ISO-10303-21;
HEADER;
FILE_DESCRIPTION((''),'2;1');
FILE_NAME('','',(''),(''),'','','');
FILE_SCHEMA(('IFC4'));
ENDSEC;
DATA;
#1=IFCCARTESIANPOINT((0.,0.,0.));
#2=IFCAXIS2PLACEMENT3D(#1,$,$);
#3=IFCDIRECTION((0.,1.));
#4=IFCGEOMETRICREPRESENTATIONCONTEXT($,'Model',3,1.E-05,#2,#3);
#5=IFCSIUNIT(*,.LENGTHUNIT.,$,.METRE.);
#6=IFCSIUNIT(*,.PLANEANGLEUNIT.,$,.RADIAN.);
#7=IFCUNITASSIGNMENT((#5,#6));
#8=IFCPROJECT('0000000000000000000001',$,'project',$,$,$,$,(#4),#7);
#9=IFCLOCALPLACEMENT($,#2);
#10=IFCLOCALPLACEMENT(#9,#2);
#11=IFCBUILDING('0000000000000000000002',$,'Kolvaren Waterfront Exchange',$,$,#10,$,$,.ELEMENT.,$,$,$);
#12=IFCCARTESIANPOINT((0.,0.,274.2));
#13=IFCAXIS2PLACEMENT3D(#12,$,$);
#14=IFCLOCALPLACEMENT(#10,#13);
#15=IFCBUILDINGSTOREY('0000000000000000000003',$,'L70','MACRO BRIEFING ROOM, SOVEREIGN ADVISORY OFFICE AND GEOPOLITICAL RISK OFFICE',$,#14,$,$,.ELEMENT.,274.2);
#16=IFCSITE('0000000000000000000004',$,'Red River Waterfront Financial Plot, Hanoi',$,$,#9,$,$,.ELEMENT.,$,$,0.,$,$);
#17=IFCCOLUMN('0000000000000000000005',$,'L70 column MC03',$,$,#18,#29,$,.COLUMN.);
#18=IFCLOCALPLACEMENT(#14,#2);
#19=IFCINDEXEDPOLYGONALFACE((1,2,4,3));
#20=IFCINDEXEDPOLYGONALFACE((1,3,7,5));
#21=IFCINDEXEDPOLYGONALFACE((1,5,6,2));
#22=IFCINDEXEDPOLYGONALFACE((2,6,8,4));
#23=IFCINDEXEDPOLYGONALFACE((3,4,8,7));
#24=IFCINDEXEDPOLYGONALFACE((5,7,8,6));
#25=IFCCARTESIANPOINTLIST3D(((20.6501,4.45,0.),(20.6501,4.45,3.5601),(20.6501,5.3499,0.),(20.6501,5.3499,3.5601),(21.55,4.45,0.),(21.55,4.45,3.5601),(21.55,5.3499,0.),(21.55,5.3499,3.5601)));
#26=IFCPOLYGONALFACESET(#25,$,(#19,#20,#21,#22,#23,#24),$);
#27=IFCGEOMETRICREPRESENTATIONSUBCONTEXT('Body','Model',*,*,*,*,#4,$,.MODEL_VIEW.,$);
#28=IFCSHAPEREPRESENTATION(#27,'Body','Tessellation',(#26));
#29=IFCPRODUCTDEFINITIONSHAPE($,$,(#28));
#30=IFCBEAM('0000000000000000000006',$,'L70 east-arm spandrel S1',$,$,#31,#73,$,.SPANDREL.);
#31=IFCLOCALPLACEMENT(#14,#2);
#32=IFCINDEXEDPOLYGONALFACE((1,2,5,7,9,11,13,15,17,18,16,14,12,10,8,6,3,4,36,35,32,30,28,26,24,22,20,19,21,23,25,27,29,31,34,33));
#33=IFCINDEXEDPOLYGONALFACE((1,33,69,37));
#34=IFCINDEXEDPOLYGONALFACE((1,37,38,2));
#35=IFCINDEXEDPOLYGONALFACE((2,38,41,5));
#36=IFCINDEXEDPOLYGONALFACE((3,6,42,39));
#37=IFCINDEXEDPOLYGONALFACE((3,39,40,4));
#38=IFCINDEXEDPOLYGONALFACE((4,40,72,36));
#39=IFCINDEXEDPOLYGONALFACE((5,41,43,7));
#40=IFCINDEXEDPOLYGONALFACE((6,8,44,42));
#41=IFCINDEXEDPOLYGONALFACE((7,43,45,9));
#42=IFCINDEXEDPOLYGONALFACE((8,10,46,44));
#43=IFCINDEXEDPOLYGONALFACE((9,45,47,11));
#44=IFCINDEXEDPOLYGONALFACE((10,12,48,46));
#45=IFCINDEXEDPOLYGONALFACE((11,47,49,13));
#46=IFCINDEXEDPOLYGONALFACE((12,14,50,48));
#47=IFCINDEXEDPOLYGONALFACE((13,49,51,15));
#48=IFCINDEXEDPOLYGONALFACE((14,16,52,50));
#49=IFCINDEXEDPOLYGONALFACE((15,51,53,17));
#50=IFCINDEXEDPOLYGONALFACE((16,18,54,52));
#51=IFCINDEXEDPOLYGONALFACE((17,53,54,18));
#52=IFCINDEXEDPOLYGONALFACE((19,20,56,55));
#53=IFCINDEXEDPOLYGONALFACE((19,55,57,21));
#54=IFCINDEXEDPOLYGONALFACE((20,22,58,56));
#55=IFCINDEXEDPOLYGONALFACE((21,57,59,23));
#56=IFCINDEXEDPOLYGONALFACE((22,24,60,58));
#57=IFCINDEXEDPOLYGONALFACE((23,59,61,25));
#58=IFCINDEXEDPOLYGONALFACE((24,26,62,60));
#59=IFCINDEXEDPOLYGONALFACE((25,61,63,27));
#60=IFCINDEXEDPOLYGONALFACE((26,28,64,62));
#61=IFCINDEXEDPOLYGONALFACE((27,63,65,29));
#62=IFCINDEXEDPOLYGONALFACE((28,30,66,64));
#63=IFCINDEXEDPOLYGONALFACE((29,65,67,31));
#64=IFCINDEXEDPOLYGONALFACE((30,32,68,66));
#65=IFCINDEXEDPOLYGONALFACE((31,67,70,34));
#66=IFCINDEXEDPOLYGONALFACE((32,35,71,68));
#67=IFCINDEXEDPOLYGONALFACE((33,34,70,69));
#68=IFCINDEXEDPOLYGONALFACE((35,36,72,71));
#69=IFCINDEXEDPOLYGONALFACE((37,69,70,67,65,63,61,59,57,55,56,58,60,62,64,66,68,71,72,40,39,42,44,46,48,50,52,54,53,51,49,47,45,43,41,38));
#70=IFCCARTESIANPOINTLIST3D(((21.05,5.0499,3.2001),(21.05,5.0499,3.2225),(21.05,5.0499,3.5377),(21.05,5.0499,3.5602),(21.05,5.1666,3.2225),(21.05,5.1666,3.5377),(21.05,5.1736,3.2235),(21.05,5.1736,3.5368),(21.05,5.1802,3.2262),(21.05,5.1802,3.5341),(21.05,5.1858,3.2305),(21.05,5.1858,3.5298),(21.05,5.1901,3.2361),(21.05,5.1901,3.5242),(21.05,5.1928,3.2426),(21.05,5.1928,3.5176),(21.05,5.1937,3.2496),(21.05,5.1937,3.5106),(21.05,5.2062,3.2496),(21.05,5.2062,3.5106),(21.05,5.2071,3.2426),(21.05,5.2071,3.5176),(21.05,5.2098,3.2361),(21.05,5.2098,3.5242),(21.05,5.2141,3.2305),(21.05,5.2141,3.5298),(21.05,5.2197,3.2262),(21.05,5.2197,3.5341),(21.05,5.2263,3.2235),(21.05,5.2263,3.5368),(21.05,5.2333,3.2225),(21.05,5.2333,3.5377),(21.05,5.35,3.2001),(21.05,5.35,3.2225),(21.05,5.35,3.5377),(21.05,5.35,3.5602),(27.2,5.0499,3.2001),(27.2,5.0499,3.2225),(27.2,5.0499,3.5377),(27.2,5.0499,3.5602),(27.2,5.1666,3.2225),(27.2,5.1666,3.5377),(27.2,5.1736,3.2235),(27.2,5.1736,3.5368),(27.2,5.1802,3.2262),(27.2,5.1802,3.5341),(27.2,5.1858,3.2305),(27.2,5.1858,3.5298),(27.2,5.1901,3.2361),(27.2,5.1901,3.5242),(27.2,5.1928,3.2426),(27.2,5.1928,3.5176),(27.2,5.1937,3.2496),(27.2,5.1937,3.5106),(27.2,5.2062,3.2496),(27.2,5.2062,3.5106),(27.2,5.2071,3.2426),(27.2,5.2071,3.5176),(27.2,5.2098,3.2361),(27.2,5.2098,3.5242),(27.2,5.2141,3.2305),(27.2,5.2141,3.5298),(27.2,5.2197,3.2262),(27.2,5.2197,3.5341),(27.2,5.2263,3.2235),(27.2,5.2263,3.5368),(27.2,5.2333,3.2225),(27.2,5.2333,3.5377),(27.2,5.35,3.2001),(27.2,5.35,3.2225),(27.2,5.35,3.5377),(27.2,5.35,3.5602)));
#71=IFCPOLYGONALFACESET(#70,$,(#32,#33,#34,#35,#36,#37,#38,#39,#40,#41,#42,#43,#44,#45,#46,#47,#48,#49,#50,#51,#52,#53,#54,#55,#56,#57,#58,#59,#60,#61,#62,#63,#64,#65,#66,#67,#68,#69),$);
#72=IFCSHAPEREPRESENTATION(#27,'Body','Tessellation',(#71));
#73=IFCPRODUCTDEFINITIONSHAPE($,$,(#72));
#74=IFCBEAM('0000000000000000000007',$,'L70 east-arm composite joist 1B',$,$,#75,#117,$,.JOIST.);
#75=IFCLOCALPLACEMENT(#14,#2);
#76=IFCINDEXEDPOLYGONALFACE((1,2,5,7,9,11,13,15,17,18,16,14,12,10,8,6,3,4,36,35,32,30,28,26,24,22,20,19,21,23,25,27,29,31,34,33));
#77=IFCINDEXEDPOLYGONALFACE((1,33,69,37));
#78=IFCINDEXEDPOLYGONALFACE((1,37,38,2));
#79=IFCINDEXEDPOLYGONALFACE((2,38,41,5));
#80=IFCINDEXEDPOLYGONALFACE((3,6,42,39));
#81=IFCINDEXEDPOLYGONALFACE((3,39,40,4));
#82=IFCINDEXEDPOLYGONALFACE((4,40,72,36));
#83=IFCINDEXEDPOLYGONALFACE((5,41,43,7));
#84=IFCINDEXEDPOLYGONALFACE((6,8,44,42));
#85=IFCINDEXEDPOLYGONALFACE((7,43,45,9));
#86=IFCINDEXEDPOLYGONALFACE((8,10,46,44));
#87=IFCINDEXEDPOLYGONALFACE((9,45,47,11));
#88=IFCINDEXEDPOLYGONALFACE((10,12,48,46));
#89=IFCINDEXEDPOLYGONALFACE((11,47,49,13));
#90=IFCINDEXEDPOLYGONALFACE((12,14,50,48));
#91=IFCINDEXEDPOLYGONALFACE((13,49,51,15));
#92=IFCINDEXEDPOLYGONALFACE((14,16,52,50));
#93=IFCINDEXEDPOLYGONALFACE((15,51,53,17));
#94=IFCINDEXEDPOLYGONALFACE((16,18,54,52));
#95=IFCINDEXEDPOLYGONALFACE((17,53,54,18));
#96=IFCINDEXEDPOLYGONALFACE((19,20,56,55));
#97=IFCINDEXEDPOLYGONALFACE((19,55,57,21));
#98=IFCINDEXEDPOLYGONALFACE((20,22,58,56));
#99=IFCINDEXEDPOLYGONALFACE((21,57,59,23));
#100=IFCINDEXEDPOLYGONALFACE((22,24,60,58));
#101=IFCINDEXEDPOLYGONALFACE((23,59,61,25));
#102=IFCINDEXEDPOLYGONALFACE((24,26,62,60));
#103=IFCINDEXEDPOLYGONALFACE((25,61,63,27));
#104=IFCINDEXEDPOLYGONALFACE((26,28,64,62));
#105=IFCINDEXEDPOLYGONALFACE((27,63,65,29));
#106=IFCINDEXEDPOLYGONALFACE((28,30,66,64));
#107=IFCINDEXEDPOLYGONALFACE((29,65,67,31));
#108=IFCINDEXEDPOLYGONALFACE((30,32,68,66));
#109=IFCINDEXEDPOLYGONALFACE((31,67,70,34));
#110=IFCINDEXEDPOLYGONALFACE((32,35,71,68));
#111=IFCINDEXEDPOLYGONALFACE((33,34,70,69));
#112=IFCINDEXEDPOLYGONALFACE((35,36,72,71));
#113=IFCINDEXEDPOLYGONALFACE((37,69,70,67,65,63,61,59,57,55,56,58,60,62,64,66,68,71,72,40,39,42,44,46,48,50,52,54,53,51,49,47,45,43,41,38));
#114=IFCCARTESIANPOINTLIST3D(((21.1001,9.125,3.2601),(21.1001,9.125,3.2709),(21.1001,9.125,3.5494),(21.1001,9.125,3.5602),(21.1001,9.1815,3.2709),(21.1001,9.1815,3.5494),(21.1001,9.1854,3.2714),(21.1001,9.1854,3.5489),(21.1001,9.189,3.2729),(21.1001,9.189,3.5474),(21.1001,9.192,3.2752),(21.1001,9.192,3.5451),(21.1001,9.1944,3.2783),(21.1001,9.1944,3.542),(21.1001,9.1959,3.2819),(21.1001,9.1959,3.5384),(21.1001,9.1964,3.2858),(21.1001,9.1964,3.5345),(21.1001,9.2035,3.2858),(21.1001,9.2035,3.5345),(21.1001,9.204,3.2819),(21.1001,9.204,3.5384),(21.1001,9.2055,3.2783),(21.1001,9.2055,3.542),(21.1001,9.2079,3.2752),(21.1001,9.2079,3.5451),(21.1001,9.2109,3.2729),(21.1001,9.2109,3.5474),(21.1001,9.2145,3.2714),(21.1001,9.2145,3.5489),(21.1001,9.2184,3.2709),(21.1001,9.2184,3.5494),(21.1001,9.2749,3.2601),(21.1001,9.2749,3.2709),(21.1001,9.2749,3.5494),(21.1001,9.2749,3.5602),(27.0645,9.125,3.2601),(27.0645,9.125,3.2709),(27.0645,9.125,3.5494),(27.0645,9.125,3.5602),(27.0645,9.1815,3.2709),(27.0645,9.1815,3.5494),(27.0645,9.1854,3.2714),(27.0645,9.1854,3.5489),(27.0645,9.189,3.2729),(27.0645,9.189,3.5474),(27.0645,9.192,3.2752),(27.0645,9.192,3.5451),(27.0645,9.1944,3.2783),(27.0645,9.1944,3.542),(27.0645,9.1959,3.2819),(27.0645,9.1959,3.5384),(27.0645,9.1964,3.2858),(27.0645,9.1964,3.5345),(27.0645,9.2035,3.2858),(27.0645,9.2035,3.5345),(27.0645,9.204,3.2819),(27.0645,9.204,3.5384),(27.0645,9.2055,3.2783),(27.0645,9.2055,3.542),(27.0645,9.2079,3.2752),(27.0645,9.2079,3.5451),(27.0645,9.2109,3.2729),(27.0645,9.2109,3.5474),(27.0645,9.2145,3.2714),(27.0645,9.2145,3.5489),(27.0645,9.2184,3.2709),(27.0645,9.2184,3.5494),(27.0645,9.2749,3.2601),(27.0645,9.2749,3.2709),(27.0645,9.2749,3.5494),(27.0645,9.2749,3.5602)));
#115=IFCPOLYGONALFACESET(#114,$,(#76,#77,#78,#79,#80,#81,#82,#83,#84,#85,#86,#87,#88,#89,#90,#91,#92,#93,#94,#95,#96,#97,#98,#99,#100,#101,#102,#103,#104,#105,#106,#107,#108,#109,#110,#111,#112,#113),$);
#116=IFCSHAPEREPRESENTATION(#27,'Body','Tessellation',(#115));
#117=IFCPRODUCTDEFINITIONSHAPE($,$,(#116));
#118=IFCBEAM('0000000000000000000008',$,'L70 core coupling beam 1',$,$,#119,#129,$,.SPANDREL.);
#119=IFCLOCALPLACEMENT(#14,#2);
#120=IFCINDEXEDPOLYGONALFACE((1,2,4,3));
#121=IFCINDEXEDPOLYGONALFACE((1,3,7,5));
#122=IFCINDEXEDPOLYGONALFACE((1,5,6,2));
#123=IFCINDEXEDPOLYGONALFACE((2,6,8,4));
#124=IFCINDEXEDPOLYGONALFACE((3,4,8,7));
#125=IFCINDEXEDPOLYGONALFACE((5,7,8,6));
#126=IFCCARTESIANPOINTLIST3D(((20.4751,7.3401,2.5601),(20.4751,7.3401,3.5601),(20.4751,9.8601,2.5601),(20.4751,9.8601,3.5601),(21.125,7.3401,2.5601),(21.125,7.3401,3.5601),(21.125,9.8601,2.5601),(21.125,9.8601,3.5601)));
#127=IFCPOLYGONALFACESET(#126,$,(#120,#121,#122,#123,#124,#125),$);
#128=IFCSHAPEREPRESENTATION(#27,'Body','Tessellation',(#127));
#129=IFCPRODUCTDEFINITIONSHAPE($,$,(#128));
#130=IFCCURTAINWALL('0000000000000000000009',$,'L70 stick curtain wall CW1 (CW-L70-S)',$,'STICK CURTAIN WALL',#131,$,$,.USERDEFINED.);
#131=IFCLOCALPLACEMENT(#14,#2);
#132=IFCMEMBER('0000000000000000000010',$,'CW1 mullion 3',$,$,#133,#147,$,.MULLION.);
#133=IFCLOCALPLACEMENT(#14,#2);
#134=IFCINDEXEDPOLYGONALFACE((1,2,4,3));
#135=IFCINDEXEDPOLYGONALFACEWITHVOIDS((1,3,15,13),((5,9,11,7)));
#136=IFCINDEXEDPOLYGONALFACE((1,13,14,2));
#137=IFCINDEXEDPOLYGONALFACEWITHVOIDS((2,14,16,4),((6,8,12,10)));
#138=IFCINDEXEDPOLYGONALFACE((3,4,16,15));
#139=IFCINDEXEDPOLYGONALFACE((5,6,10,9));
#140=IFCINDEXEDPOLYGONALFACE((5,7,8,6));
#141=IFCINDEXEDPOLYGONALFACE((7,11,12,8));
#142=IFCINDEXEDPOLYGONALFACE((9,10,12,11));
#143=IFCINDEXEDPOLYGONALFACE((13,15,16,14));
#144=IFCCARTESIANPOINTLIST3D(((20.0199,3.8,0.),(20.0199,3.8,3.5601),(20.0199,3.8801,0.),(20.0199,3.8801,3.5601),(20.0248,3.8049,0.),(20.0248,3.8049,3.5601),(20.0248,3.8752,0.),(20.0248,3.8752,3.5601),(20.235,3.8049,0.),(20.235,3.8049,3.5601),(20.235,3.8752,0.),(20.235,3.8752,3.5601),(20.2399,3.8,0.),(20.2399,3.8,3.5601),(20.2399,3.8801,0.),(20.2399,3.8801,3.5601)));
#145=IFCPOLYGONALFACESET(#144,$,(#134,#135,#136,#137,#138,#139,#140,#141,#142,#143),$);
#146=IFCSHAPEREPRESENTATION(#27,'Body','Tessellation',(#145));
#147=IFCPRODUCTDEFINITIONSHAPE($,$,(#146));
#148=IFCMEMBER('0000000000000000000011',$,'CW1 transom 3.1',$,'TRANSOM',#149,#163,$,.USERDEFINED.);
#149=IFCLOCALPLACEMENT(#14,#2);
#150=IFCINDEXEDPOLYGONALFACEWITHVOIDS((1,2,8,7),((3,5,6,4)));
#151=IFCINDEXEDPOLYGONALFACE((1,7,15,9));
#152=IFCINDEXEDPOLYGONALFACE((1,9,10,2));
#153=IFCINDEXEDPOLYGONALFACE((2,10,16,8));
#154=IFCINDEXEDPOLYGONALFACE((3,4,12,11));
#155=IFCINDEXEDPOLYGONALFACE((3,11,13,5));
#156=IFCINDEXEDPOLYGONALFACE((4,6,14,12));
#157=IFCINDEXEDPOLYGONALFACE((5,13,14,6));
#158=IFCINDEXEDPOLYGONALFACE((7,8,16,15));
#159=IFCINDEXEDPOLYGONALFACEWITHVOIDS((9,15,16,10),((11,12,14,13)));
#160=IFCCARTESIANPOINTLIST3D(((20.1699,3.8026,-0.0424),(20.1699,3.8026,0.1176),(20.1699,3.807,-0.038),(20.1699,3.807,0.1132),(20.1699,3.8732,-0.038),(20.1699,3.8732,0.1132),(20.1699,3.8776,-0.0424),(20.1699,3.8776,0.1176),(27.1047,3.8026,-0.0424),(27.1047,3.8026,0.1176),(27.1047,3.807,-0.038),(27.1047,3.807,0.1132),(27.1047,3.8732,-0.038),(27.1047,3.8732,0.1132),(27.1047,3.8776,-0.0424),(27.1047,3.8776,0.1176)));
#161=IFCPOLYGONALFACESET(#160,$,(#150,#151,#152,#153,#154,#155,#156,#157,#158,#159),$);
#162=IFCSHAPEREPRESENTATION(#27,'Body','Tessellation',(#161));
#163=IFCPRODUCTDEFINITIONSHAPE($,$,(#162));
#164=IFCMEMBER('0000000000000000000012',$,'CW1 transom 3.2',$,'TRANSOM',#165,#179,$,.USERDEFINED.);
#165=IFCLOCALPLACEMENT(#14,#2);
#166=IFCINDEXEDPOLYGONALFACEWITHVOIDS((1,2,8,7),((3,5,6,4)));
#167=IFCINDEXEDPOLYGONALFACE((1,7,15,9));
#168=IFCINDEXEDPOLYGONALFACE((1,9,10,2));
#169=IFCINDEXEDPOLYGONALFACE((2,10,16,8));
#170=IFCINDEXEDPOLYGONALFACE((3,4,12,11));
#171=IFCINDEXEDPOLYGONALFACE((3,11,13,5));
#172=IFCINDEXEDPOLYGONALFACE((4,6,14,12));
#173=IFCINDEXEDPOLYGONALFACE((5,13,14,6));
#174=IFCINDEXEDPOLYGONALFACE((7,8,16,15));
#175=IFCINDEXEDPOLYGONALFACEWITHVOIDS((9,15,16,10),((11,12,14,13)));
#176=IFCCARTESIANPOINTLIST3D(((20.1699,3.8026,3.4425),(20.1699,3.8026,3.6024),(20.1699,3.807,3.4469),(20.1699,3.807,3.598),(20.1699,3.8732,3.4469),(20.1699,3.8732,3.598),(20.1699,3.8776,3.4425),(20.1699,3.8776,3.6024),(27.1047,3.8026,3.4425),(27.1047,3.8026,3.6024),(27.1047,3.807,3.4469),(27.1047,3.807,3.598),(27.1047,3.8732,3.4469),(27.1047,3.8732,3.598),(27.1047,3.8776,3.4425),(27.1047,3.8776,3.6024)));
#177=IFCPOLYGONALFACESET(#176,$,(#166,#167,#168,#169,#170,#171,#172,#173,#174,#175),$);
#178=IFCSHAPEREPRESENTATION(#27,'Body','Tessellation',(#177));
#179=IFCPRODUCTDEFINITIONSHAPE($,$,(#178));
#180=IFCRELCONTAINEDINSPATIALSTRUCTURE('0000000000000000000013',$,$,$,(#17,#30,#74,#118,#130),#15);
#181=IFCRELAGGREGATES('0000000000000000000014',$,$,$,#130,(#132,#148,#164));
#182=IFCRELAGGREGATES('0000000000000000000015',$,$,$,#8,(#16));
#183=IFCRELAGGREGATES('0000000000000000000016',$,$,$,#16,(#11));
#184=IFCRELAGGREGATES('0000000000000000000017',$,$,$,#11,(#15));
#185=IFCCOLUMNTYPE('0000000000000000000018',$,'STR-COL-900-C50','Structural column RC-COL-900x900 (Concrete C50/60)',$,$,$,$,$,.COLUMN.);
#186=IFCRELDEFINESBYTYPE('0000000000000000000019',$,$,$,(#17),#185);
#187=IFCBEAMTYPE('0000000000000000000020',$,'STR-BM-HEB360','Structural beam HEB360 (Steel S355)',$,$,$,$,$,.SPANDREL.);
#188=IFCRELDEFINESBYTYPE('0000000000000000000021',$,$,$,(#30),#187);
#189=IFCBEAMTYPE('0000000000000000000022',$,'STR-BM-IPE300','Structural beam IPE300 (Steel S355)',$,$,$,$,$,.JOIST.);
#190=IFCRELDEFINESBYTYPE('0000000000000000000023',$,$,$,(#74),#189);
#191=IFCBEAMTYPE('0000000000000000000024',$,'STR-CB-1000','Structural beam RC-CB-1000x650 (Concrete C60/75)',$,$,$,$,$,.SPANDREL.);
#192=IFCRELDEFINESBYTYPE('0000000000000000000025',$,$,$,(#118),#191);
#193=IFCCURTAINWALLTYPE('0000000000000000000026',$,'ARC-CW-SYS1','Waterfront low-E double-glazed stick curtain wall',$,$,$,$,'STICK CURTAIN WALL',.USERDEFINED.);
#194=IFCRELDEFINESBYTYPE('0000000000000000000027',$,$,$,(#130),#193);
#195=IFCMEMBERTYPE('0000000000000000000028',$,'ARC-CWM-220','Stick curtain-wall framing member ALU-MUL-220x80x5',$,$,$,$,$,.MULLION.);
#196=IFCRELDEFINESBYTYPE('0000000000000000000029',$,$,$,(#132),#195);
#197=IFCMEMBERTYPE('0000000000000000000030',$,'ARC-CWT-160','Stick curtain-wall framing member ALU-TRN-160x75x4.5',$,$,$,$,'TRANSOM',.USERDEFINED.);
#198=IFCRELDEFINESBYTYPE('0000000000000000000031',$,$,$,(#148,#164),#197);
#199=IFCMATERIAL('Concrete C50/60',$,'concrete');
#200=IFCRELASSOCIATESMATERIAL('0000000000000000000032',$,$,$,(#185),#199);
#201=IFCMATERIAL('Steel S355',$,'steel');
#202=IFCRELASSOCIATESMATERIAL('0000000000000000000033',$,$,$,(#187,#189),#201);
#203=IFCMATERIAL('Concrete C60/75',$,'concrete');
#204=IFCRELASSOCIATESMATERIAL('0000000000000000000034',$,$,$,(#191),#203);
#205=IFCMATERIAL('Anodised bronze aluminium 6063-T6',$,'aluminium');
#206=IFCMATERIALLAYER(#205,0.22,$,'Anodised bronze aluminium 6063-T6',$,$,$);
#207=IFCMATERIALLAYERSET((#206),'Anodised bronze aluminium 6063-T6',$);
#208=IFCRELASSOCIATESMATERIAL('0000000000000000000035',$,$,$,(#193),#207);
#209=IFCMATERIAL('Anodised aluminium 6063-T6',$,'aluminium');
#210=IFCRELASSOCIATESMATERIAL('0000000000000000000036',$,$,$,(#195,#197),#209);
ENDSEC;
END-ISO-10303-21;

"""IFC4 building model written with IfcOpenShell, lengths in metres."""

from ifc_helpers import new_model, si_unit, direction, frame, origin, origin_with_axes, origin_2d, place, context, subcontext, project, spatial, rectangle, hollow_rectangle, i_section, extrude, source, transform, mapped, material, layer, layer_set, material_profile, profile_set, type_object, element, aggregate, save


model = new_model("IFC4")

# Units and contexts
model_context = context("Model", 3, precision=1e-05, world=origin(), true_north=direction((0.0, 1.0)))
body_context = subcontext(model_context, "Body", "Model", "MODEL_VIEW")
ifc_project = project(units=[si_unit("LENGTHUNIT", "METRE"), si_unit("PLANEANGLEUNIT", "RADIAN")], contexts=[model_context])

# Site, building, storey
site_placement = place(None, origin())
site = spatial("IfcSite", under=ifc_project, at=site_placement, Name="Red River Waterfront Financial Plot, Hanoi", CompositionType="ELEMENT", RefElevation=0.0)
building_placement = place(site_placement, origin())
building = spatial("IfcBuilding", under=site, at=building_placement, Name="Kolvaren Waterfront Exchange", CompositionType="ELEMENT")
storey_placement = place(building_placement, frame((0.0, 0.0, 274.2)))
storey = spatial("IfcBuildingStorey", under=building, at=storey_placement, Name="L70", Description="MACRO BRIEFING ROOM, SOVEREIGN ADVISORY OFFICE AND GEOPOLITICAL RISK OFFICE", CompositionType="ELEMENT", Elevation=274.2)

# Column
ifc_material_1 = material(Name="Concrete C50/60", Category="concrete")
ifc_material_profile_1 = material_profile(ifc_material_1, rectangle(XDim=0.8999, YDim=0.8999, at=origin_2d()), Name="RC-COL-900x900")
ifc_profile_set_1 = profile_set([ifc_material_profile_1], Name="Concrete C50/60")
column_type = type_object("IfcColumnType", Name="STR-COL-900-C50", Description="Structural column RC-COL-900x900 (Concrete C50/60)", PredefinedType="COLUMN", material=ifc_profile_set_1)
column_placement = place(storey_placement, frame((21.1001, 4.8999, 0.0), z_axis=(0.0, 0.0, 1.0), x_axis=(1.0, 0.0, 0.0)))
element("IfcColumn", 1, at=column_placement, inside=storey, type_object=column_type, Name="L70 column MC03", PredefinedType="COLUMN", context=body_context, shape_type="SweptSolid", body=[
    extrude(rectangle(XDim=0.8999, YDim=0.8999, at=origin_2d()), origin(), (0.0, 0.0, 1.0), 3.5601),
])

# Beams
ifc_material_2 = material(Name="Steel S355", Category="steel")
ifc_material_profile_2 = material_profile(ifc_material_2, i_section(OverallWidth=0.3, OverallDepth=0.3601, WebThickness=0.0125, FlangeThickness=0.0225, FilletRadius=0.0271, at=origin_2d()), Name="HEB360")
ifc_profile_set_2 = profile_set([ifc_material_profile_2], Name="Steel S355")
beam_type_1 = type_object("IfcBeamType", Name="STR-BM-HEB360", Description="Structural beam HEB360 (Steel S355)", PredefinedType="SPANDREL", material=ifc_profile_set_2)
beam_1_placement = place(storey_placement, frame((21.05, 5.2, 3.3801), z_axis=(1.0, 0.0, 0.0), x_axis=(0.0, 1.0, 0.0)))
element("IfcBeam", 2, at=beam_1_placement, inside=storey, type_object=beam_type_1, Name="L70 east-arm spandrel S1", PredefinedType="SPANDREL", context=body_context, shape_type="SweptSolid", body=[
    extrude(i_section(OverallWidth=0.3, OverallDepth=0.3601, WebThickness=0.0125, FlangeThickness=0.0225, FilletRadius=0.0271, at=origin_2d()), origin(), (0.0, 0.0, 1.0), 6.1499),
])
ifc_material_profile_3 = material_profile(ifc_material_2, i_section(OverallWidth=0.1499, OverallDepth=0.3, WebThickness=0.0071, FlangeThickness=0.0107, FilletRadius=0.0149, at=origin_2d()), Name="IPE300")
ifc_profile_set_3 = profile_set([ifc_material_profile_3], Name="Steel S355")
beam_type_2 = type_object("IfcBeamType", Name="STR-BM-IPE300", Description="Structural beam IPE300 (Steel S355)", PredefinedType="JOIST", material=ifc_profile_set_3)
beam_2_placement = place(storey_placement, frame((21.1001, 9.2, 3.4102), z_axis=(1.0, 0.0, 0.0), x_axis=(0.0, 1.0, 0.0)))
element("IfcBeam", 3, at=beam_2_placement, inside=storey, type_object=beam_type_2, Name="L70 east-arm composite joist 1B", PredefinedType="JOIST", context=body_context, shape_type="SweptSolid", body=[
    extrude(i_section(OverallWidth=0.1499, OverallDepth=0.3, WebThickness=0.0071, FlangeThickness=0.0107, FilletRadius=0.0149, at=origin_2d()), origin(), (0.0, 0.0, 1.0), 5.9644),
])
ifc_material_3 = material(Name="Concrete C60/75", Category="concrete")
ifc_material_profile_4 = material_profile(ifc_material_3, rectangle(XDim=0.6499, YDim=1.0, at=origin_2d()), Name="RC-CB-1000x650")
ifc_profile_set_4 = profile_set([ifc_material_profile_4], Name="Concrete C60/75")
beam_type_3 = type_object("IfcBeamType", Name="STR-CB-1000", Description="Structural beam RC-CB-1000x650 (Concrete C60/75)", PredefinedType="SPANDREL", material=ifc_profile_set_4)
beam_3_placement = place(storey_placement, frame((20.8, 7.3401, 3.0601), z_axis=(0.0, 1.0, 0.0), x_axis=(-1.0, 0.0, 0.0)))
element("IfcBeam", 4, at=beam_3_placement, inside=storey, type_object=beam_type_3, Name="L70 core coupling beam 1", PredefinedType="SPANDREL", context=body_context, shape_type="SweptSolid", body=[
    extrude(rectangle(XDim=0.6499, YDim=1.0, at=origin_2d()), origin(), (0.0, 0.0, 1.0), 2.52),
])

# Curtain wall, members
ifc_material_4 = material(Name="Anodised bronze aluminium 6063-T6", Category="aluminium")
ifc_layer_1 = layer(ifc_material_4, 0.22, Name="Anodised bronze aluminium 6063-T6")
ifc_layer_set_1 = layer_set([ifc_layer_1], Name="Anodised bronze aluminium 6063-T6")
curtain_wall_type = type_object("IfcCurtainWallType", Name="ARC-CW-SYS1", Description="Waterfront low-E double-glazed stick curtain wall", ElementType="STICK CURTAIN WALL", PredefinedType="USERDEFINED", material=ifc_layer_set_1)
curtain_wall_placement = place(storey_placement, origin())
curtain_wall = element("IfcCurtainWall", 5, at=curtain_wall_placement, inside=storey, type_object=curtain_wall_type, Name="L70 stick curtain wall CW1 (CW-L70-S)", ObjectType="STICK CURTAIN WALL", PredefinedType="USERDEFINED")
ifc_material_5 = material(Name="Anodised aluminium 6063-T6", Category="aluminium")
ifc_material_profile_5 = material_profile(ifc_material_5, hollow_rectangle(XDim=0.0801, YDim=0.22, WallThickness=0.0049, at=origin_2d()), Name="ALU-MUL-220x80x5")
ifc_profile_set_5 = profile_set([ifc_material_profile_5], Name="Anodised aluminium 6063-T6")
member_type_1 = type_object("IfcMemberType", Name="ARC-CWM-220", Description="Stick curtain-wall framing member ALU-MUL-220x80x5", PredefinedType="MULLION", material=ifc_profile_set_5)
shared_shape_1 = source(origin_with_axes(), body_context, "Body", "SweptSolid", [
    extrude(hollow_rectangle(XDim=0.0801, YDim=0.22, WallThickness=0.0049, at=origin_2d()), origin(), (0.0, 0.0, 1.0), 3.5601),
])
member_1_placement = place(storey_placement, frame((20.1299, 3.8401, 0.0), z_axis=(0.0, 0.0, 1.0), x_axis=(0.0, 1.0, 0.0)))
member_1 = element("IfcMember", 6, at=member_1_placement, type_object=member_type_1, Name="CW1 mullion 3", PredefinedType="MULLION", context=body_context, shape_type="MappedRepresentation", body=[
    mapped(shared_shape_1, transform((0.0, 0.0, 0.0), x_axis=(1.0, 0.0, 0.0), y_axis=(0.0, 1.0, 0.0), z_axis=(0.0, 0.0, 1.0), scale=1.0)),
])
ifc_material_profile_6 = material_profile(ifc_material_5, hollow_rectangle(XDim=0.075, YDim=0.1599, WallThickness=0.0044, at=origin_2d()), Name="ALU-TRN-160x75x4.5")
ifc_profile_set_6 = profile_set([ifc_material_profile_6], Name="Anodised aluminium 6063-T6")
member_type_2 = type_object("IfcMemberType", Name="ARC-CWT-160", Description="Stick curtain-wall framing member ALU-TRN-160x75x4.5", ElementType="TRANSOM", PredefinedType="USERDEFINED", material=ifc_profile_set_6)
shared_shape_2 = source(origin_with_axes(), body_context, "Body", "SweptSolid", [
    extrude(hollow_rectangle(XDim=0.075, YDim=0.1599, WallThickness=0.0044, at=origin_2d()), origin(), (0.0, 0.0, 1.0), 6.9348),
])
member_2_placement = place(storey_placement, frame((20.1699, 3.8401, 0.0376), z_axis=(1.0, 0.0, 0.0), x_axis=(0.0, 1.0, 0.0)))
member_2 = element("IfcMember", 7, at=member_2_placement, type_object=member_type_2, Name="CW1 transom 3.1", ObjectType="TRANSOM", PredefinedType="USERDEFINED", context=body_context, shape_type="MappedRepresentation", body=[
    mapped(shared_shape_2, transform((0.0, 0.0, 0.0), x_axis=(1.0, 0.0, 0.0), y_axis=(0.0, 1.0, 0.0), z_axis=(0.0, 0.0, 1.0), scale=1.0)),
])
member_3_placement = place(storey_placement, frame((20.1699, 3.8401, 3.5225), z_axis=(1.0, 0.0, 0.0), x_axis=(0.0, 1.0, 0.0)))
member_3 = element("IfcMember", 8, at=member_3_placement, type_object=member_type_2, Name="CW1 transom 3.2", ObjectType="TRANSOM", PredefinedType="USERDEFINED", context=body_context, shape_type="MappedRepresentation", body=[
    mapped(shared_shape_2, transform((0.0, 0.0, 0.0), x_axis=(1.0, 0.0, 0.0), y_axis=(0.0, 1.0, 0.0), z_axis=(0.0, 0.0, 1.0), scale=1.0)),
])
aggregate(curtain_wall, [member_1, member_2, member_3])

save(model, "model.ifc")
